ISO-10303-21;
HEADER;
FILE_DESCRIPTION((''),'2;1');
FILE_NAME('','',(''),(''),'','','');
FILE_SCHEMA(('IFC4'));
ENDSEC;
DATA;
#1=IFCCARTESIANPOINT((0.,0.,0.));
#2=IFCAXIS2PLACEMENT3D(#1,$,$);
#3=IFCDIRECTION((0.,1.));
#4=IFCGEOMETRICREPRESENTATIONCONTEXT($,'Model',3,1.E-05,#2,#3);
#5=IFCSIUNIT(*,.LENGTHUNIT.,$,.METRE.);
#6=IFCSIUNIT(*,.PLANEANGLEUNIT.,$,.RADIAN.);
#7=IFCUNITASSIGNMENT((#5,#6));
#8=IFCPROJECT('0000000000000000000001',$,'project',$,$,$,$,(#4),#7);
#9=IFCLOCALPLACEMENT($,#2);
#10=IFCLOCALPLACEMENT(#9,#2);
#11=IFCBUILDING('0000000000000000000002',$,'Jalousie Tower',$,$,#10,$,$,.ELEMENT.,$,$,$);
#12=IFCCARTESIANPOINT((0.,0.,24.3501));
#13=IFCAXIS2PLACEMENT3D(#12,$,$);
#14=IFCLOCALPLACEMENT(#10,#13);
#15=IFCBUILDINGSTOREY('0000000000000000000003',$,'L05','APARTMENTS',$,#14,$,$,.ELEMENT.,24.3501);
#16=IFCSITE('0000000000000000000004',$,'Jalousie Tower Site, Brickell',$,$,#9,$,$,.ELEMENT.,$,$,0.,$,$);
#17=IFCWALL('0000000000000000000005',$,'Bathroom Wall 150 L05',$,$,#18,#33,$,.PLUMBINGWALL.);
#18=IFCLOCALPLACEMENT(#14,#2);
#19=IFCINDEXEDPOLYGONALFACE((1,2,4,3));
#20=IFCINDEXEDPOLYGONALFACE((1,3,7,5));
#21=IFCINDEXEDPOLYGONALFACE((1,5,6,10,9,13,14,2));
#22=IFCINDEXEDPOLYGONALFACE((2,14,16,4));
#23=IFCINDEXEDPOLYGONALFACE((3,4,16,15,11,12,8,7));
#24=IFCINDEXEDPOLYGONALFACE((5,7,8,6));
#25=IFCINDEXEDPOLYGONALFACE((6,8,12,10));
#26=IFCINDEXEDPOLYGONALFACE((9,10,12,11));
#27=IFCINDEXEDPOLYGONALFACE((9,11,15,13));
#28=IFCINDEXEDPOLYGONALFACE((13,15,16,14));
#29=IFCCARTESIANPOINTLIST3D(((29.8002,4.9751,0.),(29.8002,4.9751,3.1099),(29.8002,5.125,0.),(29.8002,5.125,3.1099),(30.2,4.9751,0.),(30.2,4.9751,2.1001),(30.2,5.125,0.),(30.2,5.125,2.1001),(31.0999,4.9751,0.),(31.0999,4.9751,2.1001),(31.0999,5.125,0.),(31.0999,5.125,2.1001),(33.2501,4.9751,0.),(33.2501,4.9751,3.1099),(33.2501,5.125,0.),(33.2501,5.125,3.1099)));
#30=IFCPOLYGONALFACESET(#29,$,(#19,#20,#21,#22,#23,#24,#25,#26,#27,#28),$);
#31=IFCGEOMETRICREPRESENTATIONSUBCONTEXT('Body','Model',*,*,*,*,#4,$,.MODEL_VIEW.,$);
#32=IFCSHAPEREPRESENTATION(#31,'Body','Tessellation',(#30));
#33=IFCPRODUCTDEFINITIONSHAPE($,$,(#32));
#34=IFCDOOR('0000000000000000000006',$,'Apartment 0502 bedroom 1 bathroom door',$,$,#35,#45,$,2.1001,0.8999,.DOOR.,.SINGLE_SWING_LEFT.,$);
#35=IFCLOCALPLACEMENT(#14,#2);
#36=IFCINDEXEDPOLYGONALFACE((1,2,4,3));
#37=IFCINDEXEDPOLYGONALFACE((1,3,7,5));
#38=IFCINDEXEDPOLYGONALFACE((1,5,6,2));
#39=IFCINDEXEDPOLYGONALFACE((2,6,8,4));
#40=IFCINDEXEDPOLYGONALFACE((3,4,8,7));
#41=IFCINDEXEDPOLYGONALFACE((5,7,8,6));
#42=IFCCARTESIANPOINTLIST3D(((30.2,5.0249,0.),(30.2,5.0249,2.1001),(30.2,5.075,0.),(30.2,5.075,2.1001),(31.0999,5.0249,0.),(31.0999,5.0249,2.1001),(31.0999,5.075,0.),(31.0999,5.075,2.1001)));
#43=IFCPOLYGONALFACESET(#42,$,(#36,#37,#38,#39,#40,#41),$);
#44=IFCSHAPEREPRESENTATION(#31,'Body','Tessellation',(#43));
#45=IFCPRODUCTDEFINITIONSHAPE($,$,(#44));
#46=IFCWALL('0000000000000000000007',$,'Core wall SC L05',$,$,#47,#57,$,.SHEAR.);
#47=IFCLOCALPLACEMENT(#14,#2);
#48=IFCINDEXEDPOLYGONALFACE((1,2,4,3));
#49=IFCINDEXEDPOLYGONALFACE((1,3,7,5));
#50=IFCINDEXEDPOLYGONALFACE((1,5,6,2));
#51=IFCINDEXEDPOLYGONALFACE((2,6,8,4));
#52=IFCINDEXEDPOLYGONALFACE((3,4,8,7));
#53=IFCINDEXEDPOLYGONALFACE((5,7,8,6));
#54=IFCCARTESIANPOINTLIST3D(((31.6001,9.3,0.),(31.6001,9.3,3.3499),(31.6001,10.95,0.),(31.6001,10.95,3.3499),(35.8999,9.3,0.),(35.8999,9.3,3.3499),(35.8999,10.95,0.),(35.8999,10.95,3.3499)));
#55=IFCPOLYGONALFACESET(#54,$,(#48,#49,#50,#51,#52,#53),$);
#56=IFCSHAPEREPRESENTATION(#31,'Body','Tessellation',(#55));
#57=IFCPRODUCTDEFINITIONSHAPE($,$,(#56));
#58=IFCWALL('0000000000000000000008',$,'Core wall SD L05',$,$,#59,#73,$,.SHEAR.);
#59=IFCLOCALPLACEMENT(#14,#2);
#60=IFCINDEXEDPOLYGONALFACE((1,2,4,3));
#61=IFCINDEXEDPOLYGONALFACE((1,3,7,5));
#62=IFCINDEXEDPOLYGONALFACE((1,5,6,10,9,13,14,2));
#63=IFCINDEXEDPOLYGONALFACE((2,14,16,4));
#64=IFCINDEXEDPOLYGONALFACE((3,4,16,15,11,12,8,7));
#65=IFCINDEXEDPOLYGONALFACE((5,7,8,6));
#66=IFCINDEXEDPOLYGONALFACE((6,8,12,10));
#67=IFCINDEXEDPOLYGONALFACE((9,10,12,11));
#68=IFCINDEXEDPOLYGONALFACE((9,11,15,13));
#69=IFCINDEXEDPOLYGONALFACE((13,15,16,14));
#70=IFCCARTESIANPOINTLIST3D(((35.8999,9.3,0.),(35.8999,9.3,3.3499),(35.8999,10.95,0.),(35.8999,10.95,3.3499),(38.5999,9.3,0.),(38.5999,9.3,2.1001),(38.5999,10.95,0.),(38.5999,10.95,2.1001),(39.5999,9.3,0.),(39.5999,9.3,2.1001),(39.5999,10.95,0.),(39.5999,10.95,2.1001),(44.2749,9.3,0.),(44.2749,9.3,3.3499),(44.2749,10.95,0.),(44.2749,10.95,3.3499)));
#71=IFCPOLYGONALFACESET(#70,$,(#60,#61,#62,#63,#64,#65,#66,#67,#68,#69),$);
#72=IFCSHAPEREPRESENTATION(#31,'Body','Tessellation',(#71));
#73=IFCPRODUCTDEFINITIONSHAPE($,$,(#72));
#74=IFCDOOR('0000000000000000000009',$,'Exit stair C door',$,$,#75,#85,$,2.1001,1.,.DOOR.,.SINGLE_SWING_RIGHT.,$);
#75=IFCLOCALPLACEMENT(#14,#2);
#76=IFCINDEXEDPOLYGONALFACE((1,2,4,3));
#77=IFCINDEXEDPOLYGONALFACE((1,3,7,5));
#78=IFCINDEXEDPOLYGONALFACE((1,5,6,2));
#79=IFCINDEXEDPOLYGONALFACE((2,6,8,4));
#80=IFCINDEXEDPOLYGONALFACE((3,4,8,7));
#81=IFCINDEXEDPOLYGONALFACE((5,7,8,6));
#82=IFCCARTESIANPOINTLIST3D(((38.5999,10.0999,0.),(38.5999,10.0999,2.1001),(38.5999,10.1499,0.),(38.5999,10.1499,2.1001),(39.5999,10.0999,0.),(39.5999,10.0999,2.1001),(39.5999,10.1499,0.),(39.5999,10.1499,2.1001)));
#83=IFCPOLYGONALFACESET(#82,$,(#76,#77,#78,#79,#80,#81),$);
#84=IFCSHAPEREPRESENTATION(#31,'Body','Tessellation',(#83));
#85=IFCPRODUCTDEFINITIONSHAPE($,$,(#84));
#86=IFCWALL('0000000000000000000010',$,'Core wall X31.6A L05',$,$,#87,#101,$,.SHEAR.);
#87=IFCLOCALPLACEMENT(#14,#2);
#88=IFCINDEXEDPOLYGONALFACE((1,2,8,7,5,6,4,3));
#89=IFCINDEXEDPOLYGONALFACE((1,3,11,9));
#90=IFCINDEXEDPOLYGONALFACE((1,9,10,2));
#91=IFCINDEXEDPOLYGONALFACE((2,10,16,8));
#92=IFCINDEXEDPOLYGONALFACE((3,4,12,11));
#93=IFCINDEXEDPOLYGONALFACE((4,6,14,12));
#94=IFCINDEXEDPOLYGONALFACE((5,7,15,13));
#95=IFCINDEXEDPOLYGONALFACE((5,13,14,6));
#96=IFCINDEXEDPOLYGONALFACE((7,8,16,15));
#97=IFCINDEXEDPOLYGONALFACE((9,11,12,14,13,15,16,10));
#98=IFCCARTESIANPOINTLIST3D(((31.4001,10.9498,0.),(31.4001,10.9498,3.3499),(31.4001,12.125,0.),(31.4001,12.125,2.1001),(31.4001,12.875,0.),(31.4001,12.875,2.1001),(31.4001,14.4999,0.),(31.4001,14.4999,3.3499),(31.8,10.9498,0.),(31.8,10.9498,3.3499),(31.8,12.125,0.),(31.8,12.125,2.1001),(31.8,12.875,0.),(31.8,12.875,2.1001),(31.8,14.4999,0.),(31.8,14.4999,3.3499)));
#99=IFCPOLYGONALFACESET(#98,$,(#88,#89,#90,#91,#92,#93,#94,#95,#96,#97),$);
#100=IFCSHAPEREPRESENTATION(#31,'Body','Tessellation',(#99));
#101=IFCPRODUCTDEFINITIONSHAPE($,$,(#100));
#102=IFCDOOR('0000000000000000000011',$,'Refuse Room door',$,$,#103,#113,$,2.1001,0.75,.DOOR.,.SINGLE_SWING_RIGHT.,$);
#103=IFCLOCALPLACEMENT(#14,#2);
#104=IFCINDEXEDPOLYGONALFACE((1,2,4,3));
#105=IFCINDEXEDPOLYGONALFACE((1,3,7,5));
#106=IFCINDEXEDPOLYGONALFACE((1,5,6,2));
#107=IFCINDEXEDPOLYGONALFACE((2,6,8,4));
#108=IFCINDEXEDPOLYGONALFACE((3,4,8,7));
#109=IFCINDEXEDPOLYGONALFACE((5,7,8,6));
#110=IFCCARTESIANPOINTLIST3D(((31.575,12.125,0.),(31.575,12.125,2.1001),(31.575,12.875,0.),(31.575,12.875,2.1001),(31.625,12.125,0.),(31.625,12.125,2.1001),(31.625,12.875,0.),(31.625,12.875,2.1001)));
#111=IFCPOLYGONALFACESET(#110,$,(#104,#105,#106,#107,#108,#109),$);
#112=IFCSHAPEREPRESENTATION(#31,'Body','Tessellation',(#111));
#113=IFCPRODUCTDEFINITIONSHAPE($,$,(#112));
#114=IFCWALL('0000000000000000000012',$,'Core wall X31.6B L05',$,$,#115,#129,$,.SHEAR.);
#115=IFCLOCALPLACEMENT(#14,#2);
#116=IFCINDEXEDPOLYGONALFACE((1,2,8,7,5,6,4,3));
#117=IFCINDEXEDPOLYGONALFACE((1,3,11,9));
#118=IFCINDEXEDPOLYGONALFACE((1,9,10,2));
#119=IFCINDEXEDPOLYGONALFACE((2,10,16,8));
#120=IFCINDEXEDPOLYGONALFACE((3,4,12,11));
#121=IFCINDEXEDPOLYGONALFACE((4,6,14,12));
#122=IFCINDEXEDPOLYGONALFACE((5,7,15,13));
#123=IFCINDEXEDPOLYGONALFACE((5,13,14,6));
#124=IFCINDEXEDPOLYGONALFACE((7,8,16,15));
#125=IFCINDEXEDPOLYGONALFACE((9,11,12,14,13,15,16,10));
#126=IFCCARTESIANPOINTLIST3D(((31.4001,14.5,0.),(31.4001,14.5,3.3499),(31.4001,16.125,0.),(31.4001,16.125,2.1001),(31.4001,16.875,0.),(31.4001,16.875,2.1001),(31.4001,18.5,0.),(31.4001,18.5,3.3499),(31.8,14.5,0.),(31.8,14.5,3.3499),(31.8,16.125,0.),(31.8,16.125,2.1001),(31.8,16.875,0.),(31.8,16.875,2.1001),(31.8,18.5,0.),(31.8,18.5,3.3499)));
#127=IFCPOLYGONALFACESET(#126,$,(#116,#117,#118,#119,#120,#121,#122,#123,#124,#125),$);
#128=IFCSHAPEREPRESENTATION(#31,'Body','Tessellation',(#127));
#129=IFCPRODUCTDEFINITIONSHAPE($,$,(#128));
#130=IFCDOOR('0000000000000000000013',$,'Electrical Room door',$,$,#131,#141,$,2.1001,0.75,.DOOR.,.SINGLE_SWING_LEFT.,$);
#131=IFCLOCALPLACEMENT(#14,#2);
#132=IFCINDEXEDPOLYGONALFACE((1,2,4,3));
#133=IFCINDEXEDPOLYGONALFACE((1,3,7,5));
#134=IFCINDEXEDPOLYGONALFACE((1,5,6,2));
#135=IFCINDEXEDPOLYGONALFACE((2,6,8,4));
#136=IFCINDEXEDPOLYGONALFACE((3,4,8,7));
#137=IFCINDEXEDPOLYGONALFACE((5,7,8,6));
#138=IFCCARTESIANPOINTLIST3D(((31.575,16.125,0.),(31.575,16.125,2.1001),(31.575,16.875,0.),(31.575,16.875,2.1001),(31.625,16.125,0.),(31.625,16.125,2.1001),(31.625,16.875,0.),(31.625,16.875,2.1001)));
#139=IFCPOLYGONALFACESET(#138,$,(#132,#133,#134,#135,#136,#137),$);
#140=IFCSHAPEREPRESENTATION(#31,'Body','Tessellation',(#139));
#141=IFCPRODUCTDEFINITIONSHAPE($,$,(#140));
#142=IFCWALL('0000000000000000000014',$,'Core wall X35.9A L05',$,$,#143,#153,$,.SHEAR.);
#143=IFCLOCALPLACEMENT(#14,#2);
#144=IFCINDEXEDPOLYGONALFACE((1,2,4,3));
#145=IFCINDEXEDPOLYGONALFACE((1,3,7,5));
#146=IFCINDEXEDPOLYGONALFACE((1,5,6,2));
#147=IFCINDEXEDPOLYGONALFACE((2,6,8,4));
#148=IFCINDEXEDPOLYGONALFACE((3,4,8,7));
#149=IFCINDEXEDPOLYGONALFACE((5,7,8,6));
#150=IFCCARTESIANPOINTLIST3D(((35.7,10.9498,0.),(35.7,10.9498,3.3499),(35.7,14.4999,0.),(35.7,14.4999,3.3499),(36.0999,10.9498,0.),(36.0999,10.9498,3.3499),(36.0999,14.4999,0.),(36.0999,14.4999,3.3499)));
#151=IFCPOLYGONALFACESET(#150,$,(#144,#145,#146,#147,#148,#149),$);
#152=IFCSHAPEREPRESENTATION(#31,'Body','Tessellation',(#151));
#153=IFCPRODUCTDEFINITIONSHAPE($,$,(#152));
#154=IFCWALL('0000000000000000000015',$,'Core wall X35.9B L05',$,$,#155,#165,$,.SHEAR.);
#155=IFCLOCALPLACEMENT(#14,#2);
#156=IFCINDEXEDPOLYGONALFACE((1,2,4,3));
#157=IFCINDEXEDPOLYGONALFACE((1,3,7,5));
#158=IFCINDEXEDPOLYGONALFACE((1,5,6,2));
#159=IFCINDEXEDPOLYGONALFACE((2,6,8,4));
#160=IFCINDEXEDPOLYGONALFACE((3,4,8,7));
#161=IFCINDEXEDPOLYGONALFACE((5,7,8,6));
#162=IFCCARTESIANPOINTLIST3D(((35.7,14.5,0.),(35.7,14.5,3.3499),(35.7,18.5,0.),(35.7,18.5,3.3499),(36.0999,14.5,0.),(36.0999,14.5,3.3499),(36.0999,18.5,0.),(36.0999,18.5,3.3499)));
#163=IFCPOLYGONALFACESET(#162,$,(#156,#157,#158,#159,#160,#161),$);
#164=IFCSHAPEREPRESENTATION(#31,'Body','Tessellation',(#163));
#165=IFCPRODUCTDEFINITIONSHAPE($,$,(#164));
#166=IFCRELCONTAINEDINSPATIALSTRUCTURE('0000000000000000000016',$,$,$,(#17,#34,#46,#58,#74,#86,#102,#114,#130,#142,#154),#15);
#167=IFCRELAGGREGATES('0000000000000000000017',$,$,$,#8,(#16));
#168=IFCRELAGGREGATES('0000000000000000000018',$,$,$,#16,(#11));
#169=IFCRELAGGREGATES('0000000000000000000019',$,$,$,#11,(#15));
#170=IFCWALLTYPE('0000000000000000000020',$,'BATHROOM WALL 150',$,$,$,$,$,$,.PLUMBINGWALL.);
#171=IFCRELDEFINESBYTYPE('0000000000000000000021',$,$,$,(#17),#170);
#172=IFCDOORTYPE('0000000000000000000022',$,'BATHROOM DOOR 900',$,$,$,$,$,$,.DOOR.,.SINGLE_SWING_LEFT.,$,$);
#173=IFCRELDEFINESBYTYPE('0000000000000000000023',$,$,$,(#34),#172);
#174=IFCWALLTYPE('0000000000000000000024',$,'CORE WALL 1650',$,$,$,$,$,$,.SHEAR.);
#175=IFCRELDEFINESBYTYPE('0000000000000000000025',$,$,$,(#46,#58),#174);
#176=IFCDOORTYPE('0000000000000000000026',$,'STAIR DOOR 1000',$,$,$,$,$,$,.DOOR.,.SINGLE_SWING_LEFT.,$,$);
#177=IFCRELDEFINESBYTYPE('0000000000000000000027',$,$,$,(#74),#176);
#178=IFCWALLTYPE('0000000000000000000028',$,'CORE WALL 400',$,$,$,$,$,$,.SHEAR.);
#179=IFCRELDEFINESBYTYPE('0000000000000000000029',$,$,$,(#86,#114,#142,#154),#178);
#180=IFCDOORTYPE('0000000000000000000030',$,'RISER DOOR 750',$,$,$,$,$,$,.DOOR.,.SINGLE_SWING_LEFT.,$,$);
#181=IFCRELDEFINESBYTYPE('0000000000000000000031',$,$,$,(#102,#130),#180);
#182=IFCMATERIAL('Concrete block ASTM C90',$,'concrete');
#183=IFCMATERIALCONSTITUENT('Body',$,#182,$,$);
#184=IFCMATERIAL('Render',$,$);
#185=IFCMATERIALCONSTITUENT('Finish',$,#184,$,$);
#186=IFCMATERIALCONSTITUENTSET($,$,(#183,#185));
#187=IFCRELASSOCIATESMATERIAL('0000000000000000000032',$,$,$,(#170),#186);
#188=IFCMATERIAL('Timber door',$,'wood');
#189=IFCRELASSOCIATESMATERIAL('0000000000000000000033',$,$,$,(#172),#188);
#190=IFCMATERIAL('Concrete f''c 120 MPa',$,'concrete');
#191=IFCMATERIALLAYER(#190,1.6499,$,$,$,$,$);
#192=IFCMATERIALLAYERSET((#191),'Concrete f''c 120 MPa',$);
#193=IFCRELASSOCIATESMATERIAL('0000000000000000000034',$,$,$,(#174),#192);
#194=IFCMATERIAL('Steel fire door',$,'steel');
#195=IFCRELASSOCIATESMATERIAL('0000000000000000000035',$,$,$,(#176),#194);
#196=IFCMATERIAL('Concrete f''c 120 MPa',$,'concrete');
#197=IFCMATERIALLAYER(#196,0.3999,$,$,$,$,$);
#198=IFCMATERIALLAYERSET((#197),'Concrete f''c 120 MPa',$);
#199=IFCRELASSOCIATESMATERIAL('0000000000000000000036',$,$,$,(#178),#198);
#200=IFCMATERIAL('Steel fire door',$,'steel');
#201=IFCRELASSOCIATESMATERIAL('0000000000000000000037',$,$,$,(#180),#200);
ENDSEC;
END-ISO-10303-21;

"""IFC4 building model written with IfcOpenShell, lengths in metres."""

from ifc_helpers import new_model, si_unit, direction, frame, frame_2d, origin, place, context, subcontext, project, spatial, rectangle, extrude, material, layer, layer_set, constituent, constituent_set, type_object, element, fill, save


model = new_model("IFC4")

# Units and contexts
model_context = context("Model", 3, precision=1e-05, world=origin(), true_north=direction((0.0, 1.0)))
body_context = subcontext(model_context, "Body", "Model", "MODEL_VIEW")
ifc_project = project(units=[si_unit("LENGTHUNIT", "METRE"), si_unit("PLANEANGLEUNIT", "RADIAN")], contexts=[model_context])

# Site, building, storey
site_placement = place(None, origin())
site = spatial("IfcSite", under=ifc_project, at=site_placement, Name="Jalousie Tower Site, Brickell", CompositionType="ELEMENT", RefElevation=0.0)
building_placement = place(site_placement, origin())
building = spatial("IfcBuilding", under=site, at=building_placement, Name="Jalousie Tower", CompositionType="ELEMENT")
storey_placement = place(building_placement, frame((0.0, 0.0, 24.3501)))
storey = spatial("IfcBuildingStorey", under=building, at=storey_placement, Name="L05", Description="APARTMENTS", CompositionType="ELEMENT", Elevation=24.3501)

# Wall, opening, door
ifc_material_1 = material(Name="Concrete block ASTM C90", Category="concrete")
ifc_constituent_1 = constituent(ifc_material_1, Name="Body")
ifc_material_2 = material(Name="Render")
ifc_constituent_2 = constituent(ifc_material_2, Name="Finish")
ifc_constituent_set_1 = constituent_set(constituents=[ifc_constituent_1, ifc_constituent_2])
wall_type_1 = type_object("IfcWallType", Name="BATHROOM WALL 150", PredefinedType="PLUMBINGWALL", material=ifc_constituent_set_1)
wall_1_placement = place(storey_placement, frame((29.8, 5.05, 0.0), z_axis=(0.0, 0.0, 1.0), x_axis=(1.0, 0.0, 0.0)))
wall_1 = element("IfcWall", 1, at=wall_1_placement, inside=storey, type_object=wall_type_1, Name="Bathroom Wall 150 L05", PredefinedType="PLUMBINGWALL", context=body_context, shape_type="SweptSolid", body=[
    extrude(rectangle(XDim=3.45, YDim=0.1499, at=frame_2d((1.7251, 0.0))), origin(), (0.0, 0.0, 1.0), 3.1099),
])
opening_1_placement = place(wall_1_placement, frame((0.3999, 0.0, 0.0)))
opening_1 = element("IfcOpeningElement", 2, at=opening_1_placement, cuts=wall_1, PredefinedType="OPENING", context=body_context, shape_type="SweptSolid", body=[
    extrude(rectangle(XDim=0.8999, YDim=2.1001, at=frame_2d((0.45, 1.05))), frame((0.0, 0.085, 0.0), z_axis=(0.0, -1.0, 0.0), x_axis=(1.0, 0.0, 0.0)), (0.0, 0.0, 1.0), 0.1699),
])
ifc_material_3 = material(Name="Timber door", Category="wood")
door_type_1 = type_object("IfcDoorType", Name="BATHROOM DOOR 900", OperationType="SINGLE_SWING_LEFT", PredefinedType="DOOR", material=ifc_material_3)
door_1_placement = place(opening_1_placement, origin())
door_1 = element("IfcDoor", 3, at=door_1_placement, inside=storey, type_object=door_type_1, Name="Apartment 0502 bedroom 1 bathroom door", OperationType="SINGLE_SWING_LEFT", OverallHeight=2.1001, OverallWidth=0.8999, PredefinedType="DOOR", context=body_context, shape_type="SweptSolid", body=[
    extrude(rectangle(XDim=0.8999, YDim=2.1001, at=frame_2d((0.45, 1.05))), frame((0.0, 0.0249, 0.0), z_axis=(0.0, -1.0, 0.0), x_axis=(1.0, 0.0, 0.0)), (0.0, 0.0, 1.0), 0.05),
])
fill(opening_1, door_1)

# Wall
ifc_material_4 = material(Name="Concrete f'c 120 MPa", Category="concrete")
ifc_layer_1 = layer(ifc_material_4, 1.6499)
ifc_layer_set_1 = layer_set([ifc_layer_1], Name="Concrete f'c 120 MPa")
wall_type_2 = type_object("IfcWallType", Name="CORE WALL 1650", PredefinedType="SHEAR", material=ifc_layer_set_1)
wall_2_placement = place(storey_placement, frame((31.6001, 10.125, 0.0), z_axis=(0.0, 0.0, 1.0), x_axis=(1.0, 0.0, 0.0)))
element("IfcWall", 4, at=wall_2_placement, inside=storey, type_object=wall_type_2, Name="Core wall SC L05", PredefinedType="SHEAR", context=body_context, shape_type="SweptSolid", body=[
    extrude(rectangle(XDim=4.2998, YDim=1.6499, at=frame_2d((2.1499, 0.0))), origin(), (0.0, 0.0, 1.0), 3.3499),
])

# Walls, openings, doors
wall_3_placement = place(storey_placement, frame((35.8999, 10.125, 0.0), z_axis=(0.0, 0.0, 1.0), x_axis=(1.0, 0.0, 0.0)))
wall_3 = element("IfcWall", 5, at=wall_3_placement, inside=storey, type_object=wall_type_2, Name="Core wall SD L05", PredefinedType="SHEAR", context=body_context, shape_type="SweptSolid", body=[
    extrude(rectangle(XDim=8.375, YDim=1.6499, at=frame_2d((4.1875, 0.0))), origin(), (0.0, 0.0, 1.0), 3.3499),
])
opening_2_placement = place(wall_3_placement, frame((2.7, 0.0, 0.0)))
opening_2 = element("IfcOpeningElement", 6, at=opening_2_placement, cuts=wall_3, PredefinedType="OPENING", context=body_context, shape_type="SweptSolid", body=[
    extrude(rectangle(XDim=1.0, YDim=2.1001, at=frame_2d((0.5, 1.05))), frame((0.0, 0.835, 0.0), z_axis=(0.0, -1.0, 0.0), x_axis=(1.0, 0.0, 0.0)), (0.0, 0.0, 1.0), 1.6699),
])
ifc_material_5 = material(Name="Steel fire door", Category="steel")
door_type_2 = type_object("IfcDoorType", Name="STAIR DOOR 1000", OperationType="SINGLE_SWING_LEFT", PredefinedType="DOOR", material=ifc_material_5)
door_2_placement = place(opening_2_placement, origin())
door_2 = element("IfcDoor", 7, at=door_2_placement, inside=storey, type_object=door_type_2, Name="Exit stair C door", OperationType="SINGLE_SWING_RIGHT", OverallHeight=2.1001, OverallWidth=1.0, PredefinedType="DOOR", context=body_context, shape_type="SweptSolid", body=[
    extrude(rectangle(XDim=1.0, YDim=2.1001, at=frame_2d((0.5, 1.05))), frame((0.0, 0.0249, 0.0), z_axis=(0.0, -1.0, 0.0), x_axis=(1.0, 0.0, 0.0)), (0.0, 0.0, 1.0), 0.05),
])
fill(opening_2, door_2)
ifc_material_6 = material(Name="Concrete f'c 120 MPa", Category="concrete")
ifc_layer_2 = layer(ifc_material_6, 0.3999)
ifc_layer_set_2 = layer_set([ifc_layer_2], Name="Concrete f'c 120 MPa")
wall_type_3 = type_object("IfcWallType", Name="CORE WALL 400", PredefinedType="SHEAR", material=ifc_layer_set_2)
wall_4_placement = place(storey_placement, frame((31.6001, 10.95, 0.0), z_axis=(0.0, 0.0, 1.0), x_axis=(0.0, 1.0, 0.0)))
wall_4 = element("IfcWall", 8, at=wall_4_placement, inside=storey, type_object=wall_type_3, Name="Core wall X31.6A L05", PredefinedType="SHEAR", context=body_context, shape_type="SweptSolid", body=[
    extrude(rectangle(XDim=3.55, YDim=0.3999, at=frame_2d((1.7749, 0.0))), origin(), (0.0, 0.0, 1.0), 3.3499),
])
opening_3_placement = place(wall_4_placement, frame((1.175, 0.0, 0.0)))
opening_3 = element("IfcOpeningElement", 9, at=opening_3_placement, cuts=wall_4, PredefinedType="OPENING", context=body_context, shape_type="SweptSolid", body=[
    extrude(rectangle(XDim=0.75, YDim=2.1001, at=frame_2d((0.375, 1.05))), frame((0.0, 0.21, 0.0), z_axis=(0.0, -1.0, 0.0), x_axis=(1.0, 0.0, 0.0)), (0.0, 0.0, 1.0), 0.4199),
])
ifc_material_7 = material(Name="Steel fire door", Category="steel")
door_type_3 = type_object("IfcDoorType", Name="RISER DOOR 750", OperationType="SINGLE_SWING_LEFT", PredefinedType="DOOR", material=ifc_material_7)
door_3_placement = place(opening_3_placement, frame((0.75, 0.0, 0.0), z_axis=(0.0, 0.0, 1.0), x_axis=(-1.0, 0.0, 0.0)))
door_3 = element("IfcDoor", 10, at=door_3_placement, inside=storey, type_object=door_type_3, Name="Refuse Room door", OperationType="SINGLE_SWING_RIGHT", OverallHeight=2.1001, OverallWidth=0.75, PredefinedType="DOOR", context=body_context, shape_type="SweptSolid", body=[
    extrude(rectangle(XDim=0.75, YDim=2.1001, at=frame_2d((0.375, 1.05))), frame((0.0, 0.0249, 0.0), z_axis=(0.0, -1.0, 0.0), x_axis=(1.0, 0.0, 0.0)), (0.0, 0.0, 1.0), 0.05),
])
fill(opening_3, door_3)
wall_5_placement = place(storey_placement, frame((31.6001, 14.5, 0.0), z_axis=(0.0, 0.0, 1.0), x_axis=(0.0, 1.0, 0.0)))
wall_5 = element("IfcWall", 11, at=wall_5_placement, inside=storey, type_object=wall_type_3, Name="Core wall X31.6B L05", PredefinedType="SHEAR", context=body_context, shape_type="SweptSolid", body=[
    extrude(rectangle(XDim=4.0, YDim=0.3999, at=frame_2d((2.0, 0.0))), origin(), (0.0, 0.0, 1.0), 3.3499),
])
opening_4_placement = place(wall_5_placement, frame((1.625, 0.0, 0.0)))
opening_4 = element("IfcOpeningElement", 12, at=opening_4_placement, cuts=wall_5, PredefinedType="OPENING", context=body_context, shape_type="SweptSolid", body=[
    extrude(rectangle(XDim=0.75, YDim=2.1001, at=frame_2d((0.375, 1.05))), frame((0.0, 0.21, 0.0), z_axis=(0.0, -1.0, 0.0), x_axis=(1.0, 0.0, 0.0)), (0.0, 0.0, 1.0), 0.4199),
])
door_4_placement = place(opening_4_placement, frame((0.75, 0.0, 0.0), z_axis=(0.0, 0.0, 1.0), x_axis=(-1.0, 0.0, 0.0)))
door_4 = element("IfcDoor", 13, at=door_4_placement, inside=storey, type_object=door_type_3, Name="Electrical Room door", OperationType="SINGLE_SWING_LEFT", OverallHeight=2.1001, OverallWidth=0.75, PredefinedType="DOOR", context=body_context, shape_type="SweptSolid", body=[
    extrude(rectangle(XDim=0.75, YDim=2.1001, at=frame_2d((0.375, 1.05))), frame((0.0, 0.0249, 0.0), z_axis=(0.0, -1.0, 0.0), x_axis=(1.0, 0.0, 0.0)), (0.0, 0.0, 1.0), 0.05),
])
fill(opening_4, door_4)

# Walls
wall_6_placement = place(storey_placement, frame((35.8999, 10.95, 0.0), z_axis=(0.0, 0.0, 1.0), x_axis=(0.0, 1.0, 0.0)))
element("IfcWall", 14, at=wall_6_placement, inside=storey, type_object=wall_type_3, Name="Core wall X35.9A L05", PredefinedType="SHEAR", context=body_context, shape_type="SweptSolid", body=[
    extrude(rectangle(XDim=3.55, YDim=0.3999, at=frame_2d((1.7749, 0.0))), origin(), (0.0, 0.0, 1.0), 3.3499),
])
wall_7_placement = place(storey_placement, frame((35.8999, 14.5, 0.0), z_axis=(0.0, 0.0, 1.0), x_axis=(0.0, 1.0, 0.0)))
element("IfcWall", 15, at=wall_7_placement, inside=storey, type_object=wall_type_3, Name="Core wall X35.9B L05", PredefinedType="SHEAR", context=body_context, shape_type="SweptSolid", body=[
    extrude(rectangle(XDim=4.0, YDim=0.3999, at=frame_2d((2.0, 0.0))), origin(), (0.0, 0.0, 1.0), 3.3499),
])

save(model, "model.ifc")
